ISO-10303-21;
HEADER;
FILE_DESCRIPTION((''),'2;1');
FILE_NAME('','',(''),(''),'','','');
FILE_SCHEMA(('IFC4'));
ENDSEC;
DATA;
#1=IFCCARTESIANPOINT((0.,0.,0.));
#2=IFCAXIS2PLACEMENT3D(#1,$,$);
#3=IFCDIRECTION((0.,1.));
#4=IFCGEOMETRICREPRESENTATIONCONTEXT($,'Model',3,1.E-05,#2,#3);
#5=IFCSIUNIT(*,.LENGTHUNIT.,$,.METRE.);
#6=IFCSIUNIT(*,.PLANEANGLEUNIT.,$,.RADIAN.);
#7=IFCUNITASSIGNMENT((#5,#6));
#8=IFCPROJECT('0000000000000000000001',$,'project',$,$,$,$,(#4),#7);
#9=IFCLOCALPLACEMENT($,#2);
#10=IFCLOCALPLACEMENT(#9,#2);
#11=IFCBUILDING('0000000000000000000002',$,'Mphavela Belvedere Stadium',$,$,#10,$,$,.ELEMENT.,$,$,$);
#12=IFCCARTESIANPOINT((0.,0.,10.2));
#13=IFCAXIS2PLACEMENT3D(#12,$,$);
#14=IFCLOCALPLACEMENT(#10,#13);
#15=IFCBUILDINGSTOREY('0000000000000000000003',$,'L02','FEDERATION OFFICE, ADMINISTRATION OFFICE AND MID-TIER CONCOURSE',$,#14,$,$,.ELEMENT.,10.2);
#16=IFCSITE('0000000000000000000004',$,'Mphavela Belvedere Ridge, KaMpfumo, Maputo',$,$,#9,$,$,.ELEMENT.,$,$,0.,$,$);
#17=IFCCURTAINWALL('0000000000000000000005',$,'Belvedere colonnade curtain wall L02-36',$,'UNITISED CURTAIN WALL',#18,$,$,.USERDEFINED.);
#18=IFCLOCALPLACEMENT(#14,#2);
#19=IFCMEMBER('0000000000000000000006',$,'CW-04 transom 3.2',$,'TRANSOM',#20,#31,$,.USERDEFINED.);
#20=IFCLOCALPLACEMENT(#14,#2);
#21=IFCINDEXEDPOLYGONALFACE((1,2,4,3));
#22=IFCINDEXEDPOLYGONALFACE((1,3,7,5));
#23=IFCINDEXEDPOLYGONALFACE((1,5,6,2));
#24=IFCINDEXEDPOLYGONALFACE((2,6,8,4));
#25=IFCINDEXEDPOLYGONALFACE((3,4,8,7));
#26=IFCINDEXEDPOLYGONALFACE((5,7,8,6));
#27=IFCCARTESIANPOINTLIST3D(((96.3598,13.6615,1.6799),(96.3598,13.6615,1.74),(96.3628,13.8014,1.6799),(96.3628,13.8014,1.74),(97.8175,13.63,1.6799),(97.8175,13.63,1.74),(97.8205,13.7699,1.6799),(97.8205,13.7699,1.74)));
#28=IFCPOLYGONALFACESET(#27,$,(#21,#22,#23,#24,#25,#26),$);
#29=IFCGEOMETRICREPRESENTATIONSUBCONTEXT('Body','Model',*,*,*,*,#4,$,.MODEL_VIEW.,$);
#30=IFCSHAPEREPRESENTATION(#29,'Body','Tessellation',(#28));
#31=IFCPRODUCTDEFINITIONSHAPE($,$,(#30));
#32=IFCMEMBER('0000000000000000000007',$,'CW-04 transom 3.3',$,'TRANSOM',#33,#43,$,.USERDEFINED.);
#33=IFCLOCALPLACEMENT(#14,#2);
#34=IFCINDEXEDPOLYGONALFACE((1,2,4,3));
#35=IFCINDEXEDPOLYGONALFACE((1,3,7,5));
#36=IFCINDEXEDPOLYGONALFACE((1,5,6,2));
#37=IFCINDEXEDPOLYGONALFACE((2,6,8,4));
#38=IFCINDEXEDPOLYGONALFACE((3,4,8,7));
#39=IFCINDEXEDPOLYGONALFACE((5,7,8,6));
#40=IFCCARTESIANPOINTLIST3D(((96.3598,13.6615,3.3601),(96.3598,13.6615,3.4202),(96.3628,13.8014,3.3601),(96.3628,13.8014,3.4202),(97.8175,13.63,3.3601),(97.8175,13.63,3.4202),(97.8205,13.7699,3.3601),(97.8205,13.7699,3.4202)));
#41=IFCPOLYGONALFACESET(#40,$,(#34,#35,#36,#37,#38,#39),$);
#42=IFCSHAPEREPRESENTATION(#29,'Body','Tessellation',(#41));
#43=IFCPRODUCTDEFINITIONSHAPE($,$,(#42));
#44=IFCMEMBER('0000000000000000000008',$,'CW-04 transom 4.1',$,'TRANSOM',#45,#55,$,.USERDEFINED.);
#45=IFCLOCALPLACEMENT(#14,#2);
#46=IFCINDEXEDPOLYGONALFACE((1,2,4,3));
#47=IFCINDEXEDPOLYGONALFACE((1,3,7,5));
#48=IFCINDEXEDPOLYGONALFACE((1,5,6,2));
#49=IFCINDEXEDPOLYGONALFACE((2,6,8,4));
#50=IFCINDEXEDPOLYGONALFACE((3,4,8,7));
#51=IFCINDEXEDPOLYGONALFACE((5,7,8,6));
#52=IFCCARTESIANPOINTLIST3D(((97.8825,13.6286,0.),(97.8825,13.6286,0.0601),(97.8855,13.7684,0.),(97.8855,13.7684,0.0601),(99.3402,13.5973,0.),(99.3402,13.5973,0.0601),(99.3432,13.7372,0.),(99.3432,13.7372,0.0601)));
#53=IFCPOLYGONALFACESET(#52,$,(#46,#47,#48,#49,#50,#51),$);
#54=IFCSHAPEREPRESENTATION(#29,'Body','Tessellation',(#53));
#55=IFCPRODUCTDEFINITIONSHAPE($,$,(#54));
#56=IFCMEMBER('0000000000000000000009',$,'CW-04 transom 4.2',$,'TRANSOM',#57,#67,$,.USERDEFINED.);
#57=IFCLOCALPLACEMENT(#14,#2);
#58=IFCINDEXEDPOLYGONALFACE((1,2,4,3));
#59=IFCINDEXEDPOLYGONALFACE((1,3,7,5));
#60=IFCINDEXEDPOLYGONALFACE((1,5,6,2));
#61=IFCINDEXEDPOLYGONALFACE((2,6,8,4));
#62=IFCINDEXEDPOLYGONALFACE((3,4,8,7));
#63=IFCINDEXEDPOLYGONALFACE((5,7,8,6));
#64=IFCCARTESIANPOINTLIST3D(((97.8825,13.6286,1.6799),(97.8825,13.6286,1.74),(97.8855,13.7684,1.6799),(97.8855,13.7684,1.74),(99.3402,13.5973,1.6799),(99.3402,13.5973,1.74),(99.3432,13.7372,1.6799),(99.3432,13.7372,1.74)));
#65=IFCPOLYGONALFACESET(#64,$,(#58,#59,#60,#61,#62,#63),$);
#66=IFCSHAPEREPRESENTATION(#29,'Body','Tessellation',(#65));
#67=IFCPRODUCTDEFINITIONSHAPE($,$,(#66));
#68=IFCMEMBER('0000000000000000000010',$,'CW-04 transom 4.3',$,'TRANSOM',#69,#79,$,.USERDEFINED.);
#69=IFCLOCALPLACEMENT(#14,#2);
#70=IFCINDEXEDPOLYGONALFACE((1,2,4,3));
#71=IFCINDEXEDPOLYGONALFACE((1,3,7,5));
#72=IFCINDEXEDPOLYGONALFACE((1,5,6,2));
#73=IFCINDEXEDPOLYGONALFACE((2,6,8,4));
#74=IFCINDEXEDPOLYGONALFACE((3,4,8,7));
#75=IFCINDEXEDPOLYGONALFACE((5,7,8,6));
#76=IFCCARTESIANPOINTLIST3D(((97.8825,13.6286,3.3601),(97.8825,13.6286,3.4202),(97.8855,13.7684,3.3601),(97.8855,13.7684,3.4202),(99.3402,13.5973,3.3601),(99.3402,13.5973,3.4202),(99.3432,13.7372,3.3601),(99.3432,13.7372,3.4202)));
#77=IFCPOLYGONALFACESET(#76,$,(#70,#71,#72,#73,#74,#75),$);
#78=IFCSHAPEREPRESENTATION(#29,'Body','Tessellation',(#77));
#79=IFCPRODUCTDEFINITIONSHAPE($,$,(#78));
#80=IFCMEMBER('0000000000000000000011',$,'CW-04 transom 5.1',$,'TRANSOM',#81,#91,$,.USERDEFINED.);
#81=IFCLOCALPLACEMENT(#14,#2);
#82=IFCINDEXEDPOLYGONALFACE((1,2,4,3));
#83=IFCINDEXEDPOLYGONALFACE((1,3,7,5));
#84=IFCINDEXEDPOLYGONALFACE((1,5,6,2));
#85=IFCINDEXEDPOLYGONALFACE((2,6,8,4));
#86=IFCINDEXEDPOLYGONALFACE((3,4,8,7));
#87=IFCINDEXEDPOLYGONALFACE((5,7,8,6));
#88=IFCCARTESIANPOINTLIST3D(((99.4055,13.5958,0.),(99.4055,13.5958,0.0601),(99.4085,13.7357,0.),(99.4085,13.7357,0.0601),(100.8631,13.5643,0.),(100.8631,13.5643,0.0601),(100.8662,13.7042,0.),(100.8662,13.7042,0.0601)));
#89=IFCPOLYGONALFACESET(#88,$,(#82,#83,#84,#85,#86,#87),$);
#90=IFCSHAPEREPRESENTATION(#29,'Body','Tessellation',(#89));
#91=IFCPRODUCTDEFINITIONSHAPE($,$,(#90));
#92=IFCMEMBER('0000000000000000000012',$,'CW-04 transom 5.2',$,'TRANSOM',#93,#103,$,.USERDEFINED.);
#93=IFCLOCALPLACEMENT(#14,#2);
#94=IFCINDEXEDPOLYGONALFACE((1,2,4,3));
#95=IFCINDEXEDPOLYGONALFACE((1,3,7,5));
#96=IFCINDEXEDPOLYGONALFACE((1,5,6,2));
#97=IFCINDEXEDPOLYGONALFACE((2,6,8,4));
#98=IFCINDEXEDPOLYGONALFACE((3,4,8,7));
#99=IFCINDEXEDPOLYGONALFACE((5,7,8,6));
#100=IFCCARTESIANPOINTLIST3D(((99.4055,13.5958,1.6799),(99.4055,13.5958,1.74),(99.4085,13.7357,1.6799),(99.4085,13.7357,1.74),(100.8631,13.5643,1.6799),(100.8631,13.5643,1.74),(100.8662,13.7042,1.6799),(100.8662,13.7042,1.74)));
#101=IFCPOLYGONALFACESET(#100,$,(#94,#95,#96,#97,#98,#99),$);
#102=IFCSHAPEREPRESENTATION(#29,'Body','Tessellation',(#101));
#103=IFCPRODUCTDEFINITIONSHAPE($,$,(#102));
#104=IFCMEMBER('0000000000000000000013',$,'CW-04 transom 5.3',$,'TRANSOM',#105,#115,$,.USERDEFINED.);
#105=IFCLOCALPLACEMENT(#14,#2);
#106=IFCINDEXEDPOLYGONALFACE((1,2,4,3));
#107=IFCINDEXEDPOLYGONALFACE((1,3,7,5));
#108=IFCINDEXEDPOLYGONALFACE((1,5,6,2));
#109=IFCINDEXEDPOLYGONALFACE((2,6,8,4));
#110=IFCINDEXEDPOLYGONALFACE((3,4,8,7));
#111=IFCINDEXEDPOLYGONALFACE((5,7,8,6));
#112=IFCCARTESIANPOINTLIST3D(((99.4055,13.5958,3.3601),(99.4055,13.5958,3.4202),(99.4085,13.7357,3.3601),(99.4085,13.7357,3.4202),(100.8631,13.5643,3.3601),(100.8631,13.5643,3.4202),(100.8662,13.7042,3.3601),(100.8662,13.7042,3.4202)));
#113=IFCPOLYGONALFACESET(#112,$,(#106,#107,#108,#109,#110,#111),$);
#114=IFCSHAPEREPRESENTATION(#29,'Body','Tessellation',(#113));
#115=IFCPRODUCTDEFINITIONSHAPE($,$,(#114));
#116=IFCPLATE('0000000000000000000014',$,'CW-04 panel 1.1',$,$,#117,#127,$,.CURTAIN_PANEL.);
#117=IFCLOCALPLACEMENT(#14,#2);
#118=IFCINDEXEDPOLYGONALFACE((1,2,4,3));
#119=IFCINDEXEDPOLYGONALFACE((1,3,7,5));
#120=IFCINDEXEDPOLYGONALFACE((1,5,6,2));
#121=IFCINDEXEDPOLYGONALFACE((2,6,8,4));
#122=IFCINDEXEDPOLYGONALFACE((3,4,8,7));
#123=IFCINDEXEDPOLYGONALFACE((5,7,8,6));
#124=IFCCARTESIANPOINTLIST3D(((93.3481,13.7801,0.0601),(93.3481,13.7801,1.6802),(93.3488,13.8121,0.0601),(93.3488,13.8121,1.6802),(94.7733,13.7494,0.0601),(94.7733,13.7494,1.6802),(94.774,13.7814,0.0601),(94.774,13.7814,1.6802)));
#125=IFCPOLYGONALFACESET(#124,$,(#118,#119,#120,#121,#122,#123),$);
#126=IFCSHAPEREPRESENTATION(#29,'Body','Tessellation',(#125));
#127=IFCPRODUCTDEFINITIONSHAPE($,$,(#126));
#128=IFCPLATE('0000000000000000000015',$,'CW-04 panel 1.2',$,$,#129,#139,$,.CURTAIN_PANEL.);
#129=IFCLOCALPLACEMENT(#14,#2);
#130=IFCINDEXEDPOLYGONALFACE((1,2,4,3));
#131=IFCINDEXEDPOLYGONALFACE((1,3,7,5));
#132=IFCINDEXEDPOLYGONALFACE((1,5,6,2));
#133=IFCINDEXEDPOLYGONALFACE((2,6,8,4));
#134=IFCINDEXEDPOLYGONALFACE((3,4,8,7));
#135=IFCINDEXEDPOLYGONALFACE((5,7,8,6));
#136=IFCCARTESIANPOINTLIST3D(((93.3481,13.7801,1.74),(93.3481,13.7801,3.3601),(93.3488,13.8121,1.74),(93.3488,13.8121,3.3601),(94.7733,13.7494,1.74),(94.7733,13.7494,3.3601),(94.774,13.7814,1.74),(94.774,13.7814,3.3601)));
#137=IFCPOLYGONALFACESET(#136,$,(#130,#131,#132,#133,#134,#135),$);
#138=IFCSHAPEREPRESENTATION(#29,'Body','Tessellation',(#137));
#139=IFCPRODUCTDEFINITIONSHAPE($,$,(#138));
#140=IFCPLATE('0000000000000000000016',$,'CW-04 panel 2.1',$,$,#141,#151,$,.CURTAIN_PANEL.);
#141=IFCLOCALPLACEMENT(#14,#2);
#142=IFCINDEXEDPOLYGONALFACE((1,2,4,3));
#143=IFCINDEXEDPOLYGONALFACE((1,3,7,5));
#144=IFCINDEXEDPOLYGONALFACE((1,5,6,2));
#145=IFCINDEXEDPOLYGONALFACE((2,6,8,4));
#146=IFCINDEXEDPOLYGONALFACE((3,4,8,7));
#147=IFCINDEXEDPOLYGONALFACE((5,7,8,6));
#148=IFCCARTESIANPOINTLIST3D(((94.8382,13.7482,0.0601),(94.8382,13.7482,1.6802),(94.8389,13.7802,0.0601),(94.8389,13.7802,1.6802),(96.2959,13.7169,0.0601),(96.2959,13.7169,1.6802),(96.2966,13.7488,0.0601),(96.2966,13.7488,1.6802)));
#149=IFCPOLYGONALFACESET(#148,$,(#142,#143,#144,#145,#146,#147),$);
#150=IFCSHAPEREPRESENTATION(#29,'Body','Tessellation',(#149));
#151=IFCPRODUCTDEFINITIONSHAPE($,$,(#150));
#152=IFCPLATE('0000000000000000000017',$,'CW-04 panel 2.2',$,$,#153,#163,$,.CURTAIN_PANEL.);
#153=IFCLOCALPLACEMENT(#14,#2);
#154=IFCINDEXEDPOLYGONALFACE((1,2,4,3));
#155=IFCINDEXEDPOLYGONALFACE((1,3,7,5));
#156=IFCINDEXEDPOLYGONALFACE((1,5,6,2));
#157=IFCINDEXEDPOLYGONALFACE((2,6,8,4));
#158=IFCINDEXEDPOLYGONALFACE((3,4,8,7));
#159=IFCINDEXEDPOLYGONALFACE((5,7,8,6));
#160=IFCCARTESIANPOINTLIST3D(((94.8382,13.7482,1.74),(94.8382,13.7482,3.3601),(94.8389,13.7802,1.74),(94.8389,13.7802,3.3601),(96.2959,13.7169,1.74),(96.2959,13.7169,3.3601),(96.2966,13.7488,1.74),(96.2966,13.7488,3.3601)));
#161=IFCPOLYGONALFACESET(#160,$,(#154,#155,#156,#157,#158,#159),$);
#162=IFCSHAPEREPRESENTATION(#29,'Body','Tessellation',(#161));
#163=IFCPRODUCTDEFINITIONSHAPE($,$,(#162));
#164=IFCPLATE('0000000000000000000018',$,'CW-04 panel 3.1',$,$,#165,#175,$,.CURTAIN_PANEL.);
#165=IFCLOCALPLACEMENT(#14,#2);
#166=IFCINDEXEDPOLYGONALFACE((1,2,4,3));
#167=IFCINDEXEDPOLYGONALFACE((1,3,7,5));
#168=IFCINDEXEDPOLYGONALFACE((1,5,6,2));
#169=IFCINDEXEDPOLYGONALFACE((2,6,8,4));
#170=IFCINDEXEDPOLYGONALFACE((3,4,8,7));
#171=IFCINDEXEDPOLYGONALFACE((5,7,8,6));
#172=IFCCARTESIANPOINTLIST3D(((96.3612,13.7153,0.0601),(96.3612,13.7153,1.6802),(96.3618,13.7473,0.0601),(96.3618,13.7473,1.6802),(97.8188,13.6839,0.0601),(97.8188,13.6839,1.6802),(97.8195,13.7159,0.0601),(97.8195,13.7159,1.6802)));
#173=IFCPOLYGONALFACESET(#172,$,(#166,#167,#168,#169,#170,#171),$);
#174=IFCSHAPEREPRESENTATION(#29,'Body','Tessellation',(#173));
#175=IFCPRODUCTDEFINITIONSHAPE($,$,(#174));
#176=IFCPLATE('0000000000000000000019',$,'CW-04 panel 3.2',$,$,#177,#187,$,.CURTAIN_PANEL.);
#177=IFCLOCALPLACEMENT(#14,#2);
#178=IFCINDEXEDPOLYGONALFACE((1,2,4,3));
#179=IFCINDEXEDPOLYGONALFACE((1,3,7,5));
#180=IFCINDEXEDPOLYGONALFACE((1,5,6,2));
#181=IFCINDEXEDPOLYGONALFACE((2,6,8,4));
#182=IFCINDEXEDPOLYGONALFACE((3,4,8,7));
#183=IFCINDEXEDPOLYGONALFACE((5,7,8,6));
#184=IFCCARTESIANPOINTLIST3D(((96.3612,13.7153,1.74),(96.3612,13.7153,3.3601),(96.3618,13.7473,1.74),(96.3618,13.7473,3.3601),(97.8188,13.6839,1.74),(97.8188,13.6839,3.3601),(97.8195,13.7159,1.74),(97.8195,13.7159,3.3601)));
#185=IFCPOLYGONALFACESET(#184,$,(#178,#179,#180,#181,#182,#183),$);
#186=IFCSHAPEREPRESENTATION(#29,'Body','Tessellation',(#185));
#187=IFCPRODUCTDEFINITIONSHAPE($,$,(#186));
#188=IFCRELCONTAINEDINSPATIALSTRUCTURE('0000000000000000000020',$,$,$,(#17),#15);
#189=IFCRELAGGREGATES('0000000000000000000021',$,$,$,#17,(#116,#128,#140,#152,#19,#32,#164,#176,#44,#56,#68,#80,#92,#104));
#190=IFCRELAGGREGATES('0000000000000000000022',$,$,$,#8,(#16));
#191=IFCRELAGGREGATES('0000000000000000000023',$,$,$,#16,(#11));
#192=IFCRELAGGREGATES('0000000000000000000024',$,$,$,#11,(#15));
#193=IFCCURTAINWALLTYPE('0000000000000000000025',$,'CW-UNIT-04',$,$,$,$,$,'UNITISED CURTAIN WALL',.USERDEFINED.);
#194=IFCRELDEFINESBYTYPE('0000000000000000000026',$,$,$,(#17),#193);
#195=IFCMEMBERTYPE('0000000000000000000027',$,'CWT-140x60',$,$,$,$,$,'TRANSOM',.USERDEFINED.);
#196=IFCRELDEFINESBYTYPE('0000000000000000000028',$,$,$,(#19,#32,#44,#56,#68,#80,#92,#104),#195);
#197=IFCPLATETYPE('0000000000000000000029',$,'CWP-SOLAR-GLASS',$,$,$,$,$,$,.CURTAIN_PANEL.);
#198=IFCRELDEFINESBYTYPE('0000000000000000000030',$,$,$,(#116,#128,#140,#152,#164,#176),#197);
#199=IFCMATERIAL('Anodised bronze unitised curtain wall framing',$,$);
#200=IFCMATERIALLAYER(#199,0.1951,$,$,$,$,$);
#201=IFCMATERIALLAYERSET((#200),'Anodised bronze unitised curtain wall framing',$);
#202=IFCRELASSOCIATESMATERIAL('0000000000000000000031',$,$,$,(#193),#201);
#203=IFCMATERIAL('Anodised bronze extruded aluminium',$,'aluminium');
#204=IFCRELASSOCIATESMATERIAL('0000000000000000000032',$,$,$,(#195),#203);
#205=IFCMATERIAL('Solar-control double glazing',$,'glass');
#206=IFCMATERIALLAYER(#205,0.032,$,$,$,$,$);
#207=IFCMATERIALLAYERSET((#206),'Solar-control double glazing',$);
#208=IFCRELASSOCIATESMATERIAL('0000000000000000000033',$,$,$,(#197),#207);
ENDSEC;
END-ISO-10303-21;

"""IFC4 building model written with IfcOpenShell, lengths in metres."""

from ifc_helpers import new_model, si_unit, direction, frame, origin, origin_2d, place, context, subcontext, project, spatial, rectangle, extrude, material, layer, layer_set, material_profile, profile_set, type_object, element, aggregate, save


model = new_model("IFC4")

# Units and contexts
model_context = context("Model", 3, precision=1e-05, world=origin(), true_north=direction((0.0, 1.0)))
body_context = subcontext(model_context, "Body", "Model", "MODEL_VIEW")
ifc_project = project(units=[si_unit("LENGTHUNIT", "METRE"), si_unit("PLANEANGLEUNIT", "RADIAN")], contexts=[model_context])

# Site, building, storey
site_placement = place(None, origin())
site = spatial("IfcSite", under=ifc_project, at=site_placement, Name="Mphavela Belvedere Ridge, KaMpfumo, Maputo", CompositionType="ELEMENT", RefElevation=0.0)
building_placement = place(site_placement, origin())
building = spatial("IfcBuilding", under=site, at=building_placement, Name="Mphavela Belvedere Stadium", CompositionType="ELEMENT")
storey_placement = place(building_placement, frame((0.0, 0.0, 10.2)))
storey = spatial("IfcBuildingStorey", under=building, at=storey_placement, Name="L02", Description="FEDERATION OFFICE, ADMINISTRATION OFFICE AND MID-TIER CONCOURSE", CompositionType="ELEMENT", Elevation=10.2)

# Curtain wall, members, plates
ifc_material_1 = material(Name="Anodised bronze unitised curtain wall framing")
ifc_layer_1 = layer(ifc_material_1, 0.1951)
ifc_layer_set_1 = layer_set([ifc_layer_1], Name="Anodised bronze unitised curtain wall framing")
curtain_wall_type = type_object("IfcCurtainWallType", Name="CW-UNIT-04", ElementType="UNITISED CURTAIN WALL", PredefinedType="USERDEFINED", material=ifc_layer_set_1)
curtain_wall_placement = place(storey_placement, origin())
curtain_wall = element("IfcCurtainWall", 1, at=curtain_wall_placement, inside=storey, type_object=curtain_wall_type, Name="Belvedere colonnade curtain wall L02-36", ObjectType="UNITISED CURTAIN WALL", PredefinedType="USERDEFINED")
ifc_material_2 = material(Name="Anodised bronze extruded aluminium", Category="aluminium")
ifc_material_profile_1 = material_profile(ifc_material_2, rectangle(XDim=0.1399, YDim=0.0601, at=origin_2d()), Name="CW-TRN 140x60")
ifc_profile_set_1 = profile_set([ifc_material_profile_1], Name="Anodised bronze extruded aluminium")
member_type_1 = type_object("IfcMemberType", Name="CWT-140x60", ElementType="TRANSOM", PredefinedType="USERDEFINED", material=ifc_profile_set_1)
member_1_placement = place(storey_placement, frame((96.3613, 13.7314, 1.71), z_axis=(0.999767, -0.021599, 0.0), x_axis=(0.021599, 0.999767, 0.0)))
member_1 = element("IfcMember", 2, at=member_1_placement, type_object=member_type_1, Name="CW-04 transom 3.2", ObjectType="TRANSOM", PredefinedType="USERDEFINED", context=body_context, shape_type="SweptSolid", body=[
    extrude(rectangle(XDim=0.1399, YDim=0.0601, at=origin_2d()), origin(), (0.0, 0.0, 1.0), 1.458),
])
member_2_placement = place(storey_placement, frame((96.3613, 13.7314, 3.3901), z_axis=(0.999767, -0.021599, 0.0), x_axis=(0.021599, 0.999767, 0.0)))
member_2 = element("IfcMember", 3, at=member_2_placement, type_object=member_type_1, Name="CW-04 transom 3.3", ObjectType="TRANSOM", PredefinedType="USERDEFINED", context=body_context, shape_type="SweptSolid", body=[
    extrude(rectangle(XDim=0.1399, YDim=0.0601, at=origin_2d()), origin(), (0.0, 0.0, 1.0), 1.458),
])
member_3_placement = place(storey_placement, frame((97.884, 13.6985, 0.03), z_axis=(0.99977, -0.021432, 0.0), x_axis=(0.021432, 0.99977, 0.0)))
member_3 = element("IfcMember", 4, at=member_3_placement, type_object=member_type_1, Name="CW-04 transom 4.1", ObjectType="TRANSOM", PredefinedType="USERDEFINED", context=body_context, shape_type="SweptSolid", body=[
    extrude(rectangle(XDim=0.1399, YDim=0.0601, at=origin_2d()), origin(), (0.0, 0.0, 1.0), 1.458),
])
member_4_placement = place(storey_placement, frame((97.884, 13.6985, 1.71), z_axis=(0.99977, -0.021432, 0.0), x_axis=(0.021432, 0.99977, 0.0)))
member_4 = element("IfcMember", 5, at=member_4_placement, type_object=member_type_1, Name="CW-04 transom 4.2", ObjectType="TRANSOM", PredefinedType="USERDEFINED", context=body_context, shape_type="SweptSolid", body=[
    extrude(rectangle(XDim=0.1399, YDim=0.0601, at=origin_2d()), origin(), (0.0, 0.0, 1.0), 1.458),
])
member_5_placement = place(storey_placement, frame((97.884, 13.6985, 3.3901), z_axis=(0.99977, -0.021432, 0.0), x_axis=(0.021432, 0.99977, 0.0)))
member_5 = element("IfcMember", 6, at=member_5_placement, type_object=member_type_1, Name="CW-04 transom 4.3", ObjectType="TRANSOM", PredefinedType="USERDEFINED", context=body_context, shape_type="SweptSolid", body=[
    extrude(rectangle(XDim=0.1399, YDim=0.0601, at=origin_2d()), origin(), (0.0, 0.0, 1.0), 1.458),
])
member_6_placement = place(storey_placement, frame((99.407, 13.6658, 0.03), z_axis=(0.999767, -0.021599, 0.0), x_axis=(0.021599, 0.999767, 0.0)))
member_6 = element("IfcMember", 7, at=member_6_placement, type_object=member_type_1, Name="CW-04 transom 5.1", ObjectType="TRANSOM", PredefinedType="USERDEFINED", context=body_context, shape_type="SweptSolid", body=[
    extrude(rectangle(XDim=0.1399, YDim=0.0601, at=origin_2d()), origin(), (0.0, 0.0, 1.0), 1.458),
])
member_7_placement = place(storey_placement, frame((99.407, 13.6658, 1.71), z_axis=(0.999767, -0.021599, 0.0), x_axis=(0.021599, 0.999767, 0.0)))
member_7 = element("IfcMember", 8, at=member_7_placement, type_object=member_type_1, Name="CW-04 transom 5.2", ObjectType="TRANSOM", PredefinedType="USERDEFINED", context=body_context, shape_type="SweptSolid", body=[
    extrude(rectangle(XDim=0.1399, YDim=0.0601, at=origin_2d()), origin(), (0.0, 0.0, 1.0), 1.458),
])
member_8_placement = place(storey_placement, frame((99.407, 13.6658, 3.3901), z_axis=(0.999767, -0.021599, 0.0), x_axis=(0.021599, 0.999767, 0.0)))
member_8 = element("IfcMember", 9, at=member_8_placement, type_object=member_type_1, Name="CW-04 transom 5.3", ObjectType="TRANSOM", PredefinedType="USERDEFINED", context=body_context, shape_type="SweptSolid", body=[
    extrude(rectangle(XDim=0.1399, YDim=0.0601, at=origin_2d()), origin(), (0.0, 0.0, 1.0), 1.458),
])
ifc_material_3 = material(Name="Solar-control double glazing", Category="glass")
ifc_layer_2 = layer(ifc_material_3, 0.032)
ifc_layer_set_2 = layer_set([ifc_layer_2], Name="Solar-control double glazing")
plate_type = type_object("IfcPlateType", Name="CWP-SOLAR-GLASS", PredefinedType="CURTAIN_PANEL", material=ifc_layer_set_2)
plate_1_placement = place(storey_placement, frame((94.061, 13.7808, 0.0601), z_axis=(0.0, 0.0, 1.0), x_axis=(0.999768, -0.021525, 0.0)))
plate_1 = element("IfcPlate", 10, at=plate_1_placement, type_object=plate_type, Name="CW-04 panel 1.1", PredefinedType="CURTAIN_PANEL", context=body_context, shape_type="SweptSolid", body=[
    extrude(rectangle(XDim=1.4255, YDim=0.032, at=origin_2d()), origin(), (0.0, 0.0, 1.0), 1.6201),
])
plate_2_placement = place(storey_placement, frame((94.061, 13.7808, 1.74), z_axis=(0.0, 0.0, 1.0), x_axis=(0.999768, -0.021525, 0.0)))
plate_2 = element("IfcPlate", 11, at=plate_2_placement, type_object=plate_type, Name="CW-04 panel 1.2", PredefinedType="CURTAIN_PANEL", context=body_context, shape_type="SweptSolid", body=[
    extrude(rectangle(XDim=1.4255, YDim=0.032, at=origin_2d()), origin(), (0.0, 0.0, 1.0), 1.6201),
])
plate_3_placement = place(storey_placement, frame((95.5674, 13.7485, 0.0601), z_axis=(0.0, 0.0, 1.0), x_axis=(0.999768, -0.021525, 0.0)))
plate_3 = element("IfcPlate", 12, at=plate_3_placement, type_object=plate_type, Name="CW-04 panel 2.1", PredefinedType="CURTAIN_PANEL", context=body_context, shape_type="SweptSolid", body=[
    extrude(rectangle(XDim=1.458, YDim=0.032, at=origin_2d()), origin(), (0.0, 0.0, 1.0), 1.6201),
])
plate_4_placement = place(storey_placement, frame((95.5674, 13.7485, 1.74), z_axis=(0.0, 0.0, 1.0), x_axis=(0.999768, -0.021525, 0.0)))
plate_4 = element("IfcPlate", 13, at=plate_4_placement, type_object=plate_type, Name="CW-04 panel 2.2", PredefinedType="CURTAIN_PANEL", context=body_context, shape_type="SweptSolid", body=[
    extrude(rectangle(XDim=1.458, YDim=0.032, at=origin_2d()), origin(), (0.0, 0.0, 1.0), 1.6201),
])
plate_5_placement = place(storey_placement, frame((97.0903, 13.7156, 0.0601), z_axis=(0.0, 0.0, 1.0), x_axis=(0.999768, -0.021525, 0.0)))
plate_5 = element("IfcPlate", 14, at=plate_5_placement, type_object=plate_type, Name="CW-04 panel 3.1", PredefinedType="CURTAIN_PANEL", context=body_context, shape_type="SweptSolid", body=[
    extrude(rectangle(XDim=1.458, YDim=0.032, at=origin_2d()), origin(), (0.0, 0.0, 1.0), 1.6201),
])
plate_6_placement = place(storey_placement, frame((97.0903, 13.7156, 1.74), z_axis=(0.0, 0.0, 1.0), x_axis=(0.999768, -0.021525, 0.0)))
plate_6 = element("IfcPlate", 15, at=plate_6_placement, type_object=plate_type, Name="CW-04 panel 3.2", PredefinedType="CURTAIN_PANEL", context=body_context, shape_type="SweptSolid", body=[
    extrude(rectangle(XDim=1.458, YDim=0.032, at=origin_2d()), origin(), (0.0, 0.0, 1.0), 1.6201),
])
aggregate(curtain_wall, [plate_1, plate_2, plate_3, plate_4, member_1, member_2, plate_5, plate_6, member_3, member_4, member_5, member_6, member_7, member_8])

save(model, "model.ifc")
